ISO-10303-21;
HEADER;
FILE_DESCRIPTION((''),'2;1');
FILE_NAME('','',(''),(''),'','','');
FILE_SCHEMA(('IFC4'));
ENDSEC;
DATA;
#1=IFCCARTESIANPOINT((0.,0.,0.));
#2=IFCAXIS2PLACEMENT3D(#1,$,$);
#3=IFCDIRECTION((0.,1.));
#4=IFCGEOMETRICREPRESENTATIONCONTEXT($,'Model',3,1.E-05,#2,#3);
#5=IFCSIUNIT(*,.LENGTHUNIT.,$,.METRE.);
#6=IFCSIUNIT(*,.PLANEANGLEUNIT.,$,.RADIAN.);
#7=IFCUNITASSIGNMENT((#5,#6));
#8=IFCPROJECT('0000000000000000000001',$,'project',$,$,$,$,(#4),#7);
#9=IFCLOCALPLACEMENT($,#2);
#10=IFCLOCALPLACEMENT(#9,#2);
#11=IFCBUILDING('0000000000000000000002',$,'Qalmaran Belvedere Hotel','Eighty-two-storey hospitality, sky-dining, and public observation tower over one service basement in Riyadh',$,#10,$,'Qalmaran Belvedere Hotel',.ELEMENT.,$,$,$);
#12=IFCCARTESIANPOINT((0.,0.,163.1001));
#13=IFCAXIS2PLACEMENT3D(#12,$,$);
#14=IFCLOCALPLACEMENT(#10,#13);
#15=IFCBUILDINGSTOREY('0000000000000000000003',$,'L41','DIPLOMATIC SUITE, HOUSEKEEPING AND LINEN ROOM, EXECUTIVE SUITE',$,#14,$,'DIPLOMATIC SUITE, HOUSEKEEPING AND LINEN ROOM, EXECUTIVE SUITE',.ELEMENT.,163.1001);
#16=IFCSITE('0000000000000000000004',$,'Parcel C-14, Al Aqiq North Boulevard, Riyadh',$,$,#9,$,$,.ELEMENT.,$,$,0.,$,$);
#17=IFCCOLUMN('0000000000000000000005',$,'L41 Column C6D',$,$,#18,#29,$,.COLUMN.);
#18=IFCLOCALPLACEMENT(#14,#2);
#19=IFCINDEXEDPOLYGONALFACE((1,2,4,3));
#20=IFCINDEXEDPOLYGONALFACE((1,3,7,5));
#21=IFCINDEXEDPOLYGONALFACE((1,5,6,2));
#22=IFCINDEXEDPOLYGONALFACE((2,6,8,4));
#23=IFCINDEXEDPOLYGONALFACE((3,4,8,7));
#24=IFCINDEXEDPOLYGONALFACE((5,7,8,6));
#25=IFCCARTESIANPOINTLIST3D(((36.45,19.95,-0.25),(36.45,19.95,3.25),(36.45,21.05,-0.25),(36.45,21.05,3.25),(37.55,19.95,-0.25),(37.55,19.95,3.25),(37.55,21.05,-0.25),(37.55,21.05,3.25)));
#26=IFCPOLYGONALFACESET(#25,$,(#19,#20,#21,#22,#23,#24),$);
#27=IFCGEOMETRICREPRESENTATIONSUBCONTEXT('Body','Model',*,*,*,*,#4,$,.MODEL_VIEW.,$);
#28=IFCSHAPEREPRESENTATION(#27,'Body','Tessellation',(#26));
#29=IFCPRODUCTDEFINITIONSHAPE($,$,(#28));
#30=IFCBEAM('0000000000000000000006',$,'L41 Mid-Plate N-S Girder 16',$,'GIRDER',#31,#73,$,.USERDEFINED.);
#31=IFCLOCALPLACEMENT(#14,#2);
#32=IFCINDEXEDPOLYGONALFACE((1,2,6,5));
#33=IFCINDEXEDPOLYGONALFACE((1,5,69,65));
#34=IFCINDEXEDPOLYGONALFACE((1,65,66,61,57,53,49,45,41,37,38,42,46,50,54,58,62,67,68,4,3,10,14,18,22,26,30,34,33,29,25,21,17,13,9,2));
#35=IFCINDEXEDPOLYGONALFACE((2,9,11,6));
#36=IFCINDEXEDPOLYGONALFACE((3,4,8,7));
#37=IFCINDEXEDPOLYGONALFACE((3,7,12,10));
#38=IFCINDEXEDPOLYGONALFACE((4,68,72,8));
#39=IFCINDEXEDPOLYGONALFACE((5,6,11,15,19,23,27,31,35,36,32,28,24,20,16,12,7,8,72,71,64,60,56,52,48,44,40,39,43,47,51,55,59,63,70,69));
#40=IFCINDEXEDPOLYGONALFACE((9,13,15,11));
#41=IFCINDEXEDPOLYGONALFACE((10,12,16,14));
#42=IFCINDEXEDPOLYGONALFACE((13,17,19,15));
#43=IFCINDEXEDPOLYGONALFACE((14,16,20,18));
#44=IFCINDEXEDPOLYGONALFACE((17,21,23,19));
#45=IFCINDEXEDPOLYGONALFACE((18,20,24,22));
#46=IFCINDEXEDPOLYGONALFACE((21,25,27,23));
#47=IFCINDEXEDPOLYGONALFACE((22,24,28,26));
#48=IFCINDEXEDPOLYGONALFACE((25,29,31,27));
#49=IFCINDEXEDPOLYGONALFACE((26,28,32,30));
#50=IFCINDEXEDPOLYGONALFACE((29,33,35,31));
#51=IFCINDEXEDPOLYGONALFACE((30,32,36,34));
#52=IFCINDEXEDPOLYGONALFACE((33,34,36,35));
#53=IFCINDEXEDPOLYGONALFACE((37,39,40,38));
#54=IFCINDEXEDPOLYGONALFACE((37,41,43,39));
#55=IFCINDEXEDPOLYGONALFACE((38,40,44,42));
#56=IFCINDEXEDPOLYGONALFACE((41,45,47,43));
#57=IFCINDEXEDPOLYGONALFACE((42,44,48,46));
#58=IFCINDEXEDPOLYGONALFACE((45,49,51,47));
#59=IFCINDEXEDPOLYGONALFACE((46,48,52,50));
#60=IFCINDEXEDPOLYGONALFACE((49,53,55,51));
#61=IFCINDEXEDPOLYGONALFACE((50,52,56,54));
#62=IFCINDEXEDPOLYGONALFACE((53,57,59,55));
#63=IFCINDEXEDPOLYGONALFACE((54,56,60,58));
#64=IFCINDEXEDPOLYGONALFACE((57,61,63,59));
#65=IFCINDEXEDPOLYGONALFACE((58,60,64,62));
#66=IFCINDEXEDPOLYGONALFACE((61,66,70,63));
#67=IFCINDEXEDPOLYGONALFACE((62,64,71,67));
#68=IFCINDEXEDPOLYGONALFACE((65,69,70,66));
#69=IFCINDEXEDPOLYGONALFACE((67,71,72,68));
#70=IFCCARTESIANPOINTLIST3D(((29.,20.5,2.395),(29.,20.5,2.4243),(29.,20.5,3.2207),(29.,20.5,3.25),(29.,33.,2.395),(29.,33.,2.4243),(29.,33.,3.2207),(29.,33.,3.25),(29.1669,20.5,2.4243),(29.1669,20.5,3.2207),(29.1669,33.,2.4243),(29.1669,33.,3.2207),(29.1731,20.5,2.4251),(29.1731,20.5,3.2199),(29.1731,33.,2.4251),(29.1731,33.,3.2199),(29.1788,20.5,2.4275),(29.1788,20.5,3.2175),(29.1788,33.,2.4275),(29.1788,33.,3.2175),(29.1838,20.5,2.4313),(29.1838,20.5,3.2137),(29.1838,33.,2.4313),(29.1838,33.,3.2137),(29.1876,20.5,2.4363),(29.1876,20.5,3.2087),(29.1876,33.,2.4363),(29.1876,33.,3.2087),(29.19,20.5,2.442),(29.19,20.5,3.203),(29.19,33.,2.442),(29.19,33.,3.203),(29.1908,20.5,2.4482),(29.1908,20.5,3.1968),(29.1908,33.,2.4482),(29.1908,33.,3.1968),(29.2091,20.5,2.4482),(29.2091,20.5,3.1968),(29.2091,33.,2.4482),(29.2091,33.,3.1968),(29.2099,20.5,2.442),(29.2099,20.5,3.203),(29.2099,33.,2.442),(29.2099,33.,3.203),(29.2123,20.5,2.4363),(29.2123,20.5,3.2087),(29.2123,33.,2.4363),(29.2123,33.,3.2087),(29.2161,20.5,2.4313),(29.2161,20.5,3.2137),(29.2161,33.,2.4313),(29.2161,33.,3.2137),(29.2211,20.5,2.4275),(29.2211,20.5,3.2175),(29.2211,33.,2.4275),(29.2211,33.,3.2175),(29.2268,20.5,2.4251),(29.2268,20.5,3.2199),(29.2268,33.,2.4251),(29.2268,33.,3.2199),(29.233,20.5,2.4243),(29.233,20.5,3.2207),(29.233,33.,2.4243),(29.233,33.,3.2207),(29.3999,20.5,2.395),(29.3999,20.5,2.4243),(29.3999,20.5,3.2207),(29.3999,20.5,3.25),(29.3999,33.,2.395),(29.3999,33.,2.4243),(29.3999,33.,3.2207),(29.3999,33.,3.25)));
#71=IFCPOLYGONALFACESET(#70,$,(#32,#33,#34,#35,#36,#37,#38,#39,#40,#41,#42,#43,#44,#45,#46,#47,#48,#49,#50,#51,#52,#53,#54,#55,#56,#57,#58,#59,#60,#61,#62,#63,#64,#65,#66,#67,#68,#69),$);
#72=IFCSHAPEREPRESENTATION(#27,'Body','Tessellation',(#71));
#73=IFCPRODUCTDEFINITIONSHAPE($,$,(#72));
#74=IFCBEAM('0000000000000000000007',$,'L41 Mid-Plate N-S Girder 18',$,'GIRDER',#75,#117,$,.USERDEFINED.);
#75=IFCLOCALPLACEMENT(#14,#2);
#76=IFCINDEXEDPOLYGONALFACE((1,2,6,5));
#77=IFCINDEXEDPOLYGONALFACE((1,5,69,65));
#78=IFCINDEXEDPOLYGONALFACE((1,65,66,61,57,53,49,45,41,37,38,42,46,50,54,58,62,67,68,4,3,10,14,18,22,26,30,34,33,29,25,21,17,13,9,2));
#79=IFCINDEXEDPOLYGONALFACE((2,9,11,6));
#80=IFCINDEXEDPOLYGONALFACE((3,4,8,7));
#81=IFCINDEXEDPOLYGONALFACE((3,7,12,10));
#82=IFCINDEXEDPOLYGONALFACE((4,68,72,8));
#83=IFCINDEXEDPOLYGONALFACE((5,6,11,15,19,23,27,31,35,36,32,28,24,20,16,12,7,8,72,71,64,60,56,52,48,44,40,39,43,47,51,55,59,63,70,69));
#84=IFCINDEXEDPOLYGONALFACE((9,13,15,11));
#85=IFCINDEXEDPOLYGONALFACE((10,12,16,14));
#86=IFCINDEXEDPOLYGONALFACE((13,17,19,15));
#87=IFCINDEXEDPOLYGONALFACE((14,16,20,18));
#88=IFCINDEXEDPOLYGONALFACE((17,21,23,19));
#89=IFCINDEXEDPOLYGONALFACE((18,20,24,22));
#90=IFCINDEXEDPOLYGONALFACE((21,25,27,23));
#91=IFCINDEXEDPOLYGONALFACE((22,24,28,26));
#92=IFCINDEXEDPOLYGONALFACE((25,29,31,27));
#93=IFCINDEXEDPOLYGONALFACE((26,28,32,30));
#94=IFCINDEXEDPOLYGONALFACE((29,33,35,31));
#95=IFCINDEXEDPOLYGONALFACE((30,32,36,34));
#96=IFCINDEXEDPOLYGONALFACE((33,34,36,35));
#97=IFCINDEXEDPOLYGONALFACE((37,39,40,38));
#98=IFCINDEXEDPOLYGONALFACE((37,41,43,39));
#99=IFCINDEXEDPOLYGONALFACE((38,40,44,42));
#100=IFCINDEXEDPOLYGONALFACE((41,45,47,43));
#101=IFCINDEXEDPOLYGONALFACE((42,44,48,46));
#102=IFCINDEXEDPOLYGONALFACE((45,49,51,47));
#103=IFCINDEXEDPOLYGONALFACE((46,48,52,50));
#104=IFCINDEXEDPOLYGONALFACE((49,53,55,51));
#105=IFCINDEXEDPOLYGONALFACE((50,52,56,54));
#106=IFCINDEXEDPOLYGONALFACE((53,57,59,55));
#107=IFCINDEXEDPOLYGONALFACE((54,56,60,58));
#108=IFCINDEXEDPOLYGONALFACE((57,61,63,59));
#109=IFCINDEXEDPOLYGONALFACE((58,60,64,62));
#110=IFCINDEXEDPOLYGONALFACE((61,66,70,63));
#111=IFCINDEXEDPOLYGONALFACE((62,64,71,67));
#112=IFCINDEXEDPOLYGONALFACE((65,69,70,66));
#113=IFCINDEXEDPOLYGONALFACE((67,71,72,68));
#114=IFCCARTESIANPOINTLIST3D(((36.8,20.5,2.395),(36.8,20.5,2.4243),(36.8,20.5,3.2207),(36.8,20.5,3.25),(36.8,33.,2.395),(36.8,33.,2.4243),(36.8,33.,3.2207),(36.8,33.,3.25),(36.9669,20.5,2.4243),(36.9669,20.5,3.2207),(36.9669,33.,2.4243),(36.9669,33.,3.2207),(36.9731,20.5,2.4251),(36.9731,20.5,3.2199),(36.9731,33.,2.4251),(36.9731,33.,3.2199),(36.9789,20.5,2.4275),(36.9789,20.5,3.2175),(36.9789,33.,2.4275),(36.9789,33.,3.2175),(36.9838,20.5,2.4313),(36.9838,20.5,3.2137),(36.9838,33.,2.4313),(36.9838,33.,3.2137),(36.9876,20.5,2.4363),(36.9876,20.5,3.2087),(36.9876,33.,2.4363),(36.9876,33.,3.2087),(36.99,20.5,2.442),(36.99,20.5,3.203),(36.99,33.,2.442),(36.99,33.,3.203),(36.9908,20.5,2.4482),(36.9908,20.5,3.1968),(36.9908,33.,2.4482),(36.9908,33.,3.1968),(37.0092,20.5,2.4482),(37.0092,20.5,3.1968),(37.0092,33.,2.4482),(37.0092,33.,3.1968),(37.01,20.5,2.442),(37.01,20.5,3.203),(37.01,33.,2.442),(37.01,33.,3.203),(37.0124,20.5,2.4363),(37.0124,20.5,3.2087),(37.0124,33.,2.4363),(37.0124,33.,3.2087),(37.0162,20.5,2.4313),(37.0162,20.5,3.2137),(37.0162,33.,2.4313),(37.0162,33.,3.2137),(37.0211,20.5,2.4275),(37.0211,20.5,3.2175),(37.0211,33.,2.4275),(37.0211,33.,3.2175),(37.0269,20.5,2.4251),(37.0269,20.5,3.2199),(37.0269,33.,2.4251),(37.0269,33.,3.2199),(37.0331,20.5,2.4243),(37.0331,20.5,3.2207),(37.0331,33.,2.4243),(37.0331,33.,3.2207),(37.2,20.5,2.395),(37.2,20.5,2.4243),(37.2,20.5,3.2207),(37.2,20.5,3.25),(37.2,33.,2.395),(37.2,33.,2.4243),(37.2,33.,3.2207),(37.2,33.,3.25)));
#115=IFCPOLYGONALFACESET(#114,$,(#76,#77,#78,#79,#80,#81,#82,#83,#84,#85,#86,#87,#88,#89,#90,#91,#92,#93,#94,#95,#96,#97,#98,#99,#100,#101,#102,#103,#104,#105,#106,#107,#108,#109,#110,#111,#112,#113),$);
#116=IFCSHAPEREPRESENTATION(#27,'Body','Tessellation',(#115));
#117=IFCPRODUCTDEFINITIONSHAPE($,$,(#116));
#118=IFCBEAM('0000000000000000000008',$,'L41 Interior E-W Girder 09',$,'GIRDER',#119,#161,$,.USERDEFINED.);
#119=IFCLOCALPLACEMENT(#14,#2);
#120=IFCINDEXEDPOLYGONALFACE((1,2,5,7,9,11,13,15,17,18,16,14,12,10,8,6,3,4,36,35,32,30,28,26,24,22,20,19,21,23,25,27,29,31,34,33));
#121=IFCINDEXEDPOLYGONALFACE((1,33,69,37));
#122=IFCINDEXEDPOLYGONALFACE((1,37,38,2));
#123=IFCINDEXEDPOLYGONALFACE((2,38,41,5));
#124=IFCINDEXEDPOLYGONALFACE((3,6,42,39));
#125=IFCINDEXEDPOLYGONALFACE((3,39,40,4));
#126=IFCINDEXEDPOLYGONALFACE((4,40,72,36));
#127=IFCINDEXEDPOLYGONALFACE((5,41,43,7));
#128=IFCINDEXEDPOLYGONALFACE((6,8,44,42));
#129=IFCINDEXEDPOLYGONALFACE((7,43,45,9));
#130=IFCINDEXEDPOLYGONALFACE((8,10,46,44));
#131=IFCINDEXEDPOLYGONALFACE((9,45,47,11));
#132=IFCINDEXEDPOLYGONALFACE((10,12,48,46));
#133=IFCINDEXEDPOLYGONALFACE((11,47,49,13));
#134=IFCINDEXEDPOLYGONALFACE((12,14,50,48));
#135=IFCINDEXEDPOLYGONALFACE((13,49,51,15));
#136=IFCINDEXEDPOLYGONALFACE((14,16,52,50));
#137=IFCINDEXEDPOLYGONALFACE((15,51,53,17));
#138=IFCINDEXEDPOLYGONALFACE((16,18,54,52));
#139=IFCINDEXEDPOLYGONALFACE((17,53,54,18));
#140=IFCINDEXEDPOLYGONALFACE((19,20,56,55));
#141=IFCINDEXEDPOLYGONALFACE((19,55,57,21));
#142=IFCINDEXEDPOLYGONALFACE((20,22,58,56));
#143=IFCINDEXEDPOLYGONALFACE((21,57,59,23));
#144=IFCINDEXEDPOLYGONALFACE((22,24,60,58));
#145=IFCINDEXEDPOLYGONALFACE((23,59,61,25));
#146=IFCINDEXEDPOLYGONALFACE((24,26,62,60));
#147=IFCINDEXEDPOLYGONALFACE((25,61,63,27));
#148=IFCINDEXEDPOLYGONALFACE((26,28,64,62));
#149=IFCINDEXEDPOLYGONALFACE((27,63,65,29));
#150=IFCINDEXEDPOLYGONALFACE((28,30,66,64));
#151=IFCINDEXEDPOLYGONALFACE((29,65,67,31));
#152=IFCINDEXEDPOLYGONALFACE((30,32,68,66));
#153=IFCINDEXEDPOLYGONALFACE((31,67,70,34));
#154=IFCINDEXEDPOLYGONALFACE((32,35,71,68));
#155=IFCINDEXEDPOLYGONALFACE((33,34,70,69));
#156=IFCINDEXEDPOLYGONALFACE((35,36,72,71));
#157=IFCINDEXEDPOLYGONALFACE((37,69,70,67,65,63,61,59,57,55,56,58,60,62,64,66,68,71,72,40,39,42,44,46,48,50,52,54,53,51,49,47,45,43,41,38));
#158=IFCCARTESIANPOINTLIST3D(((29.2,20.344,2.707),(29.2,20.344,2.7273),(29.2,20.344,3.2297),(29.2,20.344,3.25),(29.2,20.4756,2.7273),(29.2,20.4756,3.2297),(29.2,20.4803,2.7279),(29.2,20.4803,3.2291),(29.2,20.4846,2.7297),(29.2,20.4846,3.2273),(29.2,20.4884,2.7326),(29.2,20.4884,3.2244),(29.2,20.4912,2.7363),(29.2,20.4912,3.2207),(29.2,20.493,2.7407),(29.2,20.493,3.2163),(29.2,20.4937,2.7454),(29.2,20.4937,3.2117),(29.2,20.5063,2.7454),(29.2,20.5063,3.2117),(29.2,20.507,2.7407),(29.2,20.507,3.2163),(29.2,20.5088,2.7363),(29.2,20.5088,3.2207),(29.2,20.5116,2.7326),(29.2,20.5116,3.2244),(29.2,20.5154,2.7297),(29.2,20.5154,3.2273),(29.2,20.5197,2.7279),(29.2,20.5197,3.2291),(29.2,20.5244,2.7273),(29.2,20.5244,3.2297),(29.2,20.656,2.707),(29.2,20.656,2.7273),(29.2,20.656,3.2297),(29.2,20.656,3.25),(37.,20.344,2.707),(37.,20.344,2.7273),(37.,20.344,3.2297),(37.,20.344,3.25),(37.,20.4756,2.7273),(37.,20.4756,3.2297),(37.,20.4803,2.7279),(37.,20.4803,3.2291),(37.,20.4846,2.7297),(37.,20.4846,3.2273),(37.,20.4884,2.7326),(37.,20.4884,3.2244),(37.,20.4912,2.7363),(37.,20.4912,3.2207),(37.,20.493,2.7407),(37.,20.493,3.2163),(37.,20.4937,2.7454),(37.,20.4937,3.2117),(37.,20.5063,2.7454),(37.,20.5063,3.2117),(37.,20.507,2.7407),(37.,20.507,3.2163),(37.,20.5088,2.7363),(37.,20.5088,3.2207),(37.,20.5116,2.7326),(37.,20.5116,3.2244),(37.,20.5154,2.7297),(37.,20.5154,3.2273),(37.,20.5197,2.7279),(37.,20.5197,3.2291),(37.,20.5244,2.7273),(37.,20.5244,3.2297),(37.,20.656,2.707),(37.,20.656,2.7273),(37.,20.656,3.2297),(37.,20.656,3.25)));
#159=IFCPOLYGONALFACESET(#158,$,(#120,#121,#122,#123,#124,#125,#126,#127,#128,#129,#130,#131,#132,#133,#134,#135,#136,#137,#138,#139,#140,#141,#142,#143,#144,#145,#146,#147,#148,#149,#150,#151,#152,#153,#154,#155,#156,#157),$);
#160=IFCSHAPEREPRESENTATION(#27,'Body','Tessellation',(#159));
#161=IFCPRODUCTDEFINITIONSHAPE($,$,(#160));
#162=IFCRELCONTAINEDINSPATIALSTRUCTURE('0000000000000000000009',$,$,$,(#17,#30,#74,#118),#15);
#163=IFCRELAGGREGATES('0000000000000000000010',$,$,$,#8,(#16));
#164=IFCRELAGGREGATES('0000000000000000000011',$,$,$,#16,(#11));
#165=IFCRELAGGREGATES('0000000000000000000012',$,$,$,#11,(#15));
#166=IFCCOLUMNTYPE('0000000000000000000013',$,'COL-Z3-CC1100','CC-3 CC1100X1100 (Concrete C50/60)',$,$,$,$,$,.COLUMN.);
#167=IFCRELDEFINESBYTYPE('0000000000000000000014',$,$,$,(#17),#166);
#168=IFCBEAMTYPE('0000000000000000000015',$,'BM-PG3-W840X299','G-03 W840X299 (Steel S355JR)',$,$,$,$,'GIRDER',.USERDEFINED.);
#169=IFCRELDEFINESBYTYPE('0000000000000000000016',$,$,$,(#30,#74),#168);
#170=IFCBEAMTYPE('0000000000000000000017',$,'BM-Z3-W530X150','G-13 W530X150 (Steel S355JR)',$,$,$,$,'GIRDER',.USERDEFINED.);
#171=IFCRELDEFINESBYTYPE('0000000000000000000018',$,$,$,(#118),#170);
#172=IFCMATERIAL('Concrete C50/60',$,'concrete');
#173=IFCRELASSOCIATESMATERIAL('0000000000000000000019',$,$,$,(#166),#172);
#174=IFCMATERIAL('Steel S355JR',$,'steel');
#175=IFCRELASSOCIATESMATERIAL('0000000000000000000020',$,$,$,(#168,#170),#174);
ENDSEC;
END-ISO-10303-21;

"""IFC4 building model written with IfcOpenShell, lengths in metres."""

from ifc_helpers import new_model, si_unit, direction, frame, origin, origin_2d, place, context, subcontext, project, spatial, rectangle, i_section, extrude, material, material_profile, profile_set, type_object, element, save


model = new_model("IFC4")

# Units and contexts
model_context = context("Model", 3, precision=1e-05, world=origin(), true_north=direction((0.0, 1.0)))
body_context = subcontext(model_context, "Body", "Model", "MODEL_VIEW")
ifc_project = project(units=[si_unit("LENGTHUNIT", "METRE"), si_unit("PLANEANGLEUNIT", "RADIAN")], contexts=[model_context])

# Site, building, storey
site_placement = place(None, origin())
site = spatial("IfcSite", under=ifc_project, at=site_placement, Name="Parcel C-14, Al Aqiq North Boulevard, Riyadh", CompositionType="ELEMENT", RefElevation=0.0)
building_placement = place(site_placement, origin())
building = spatial("IfcBuilding", under=site, at=building_placement, Name="Qalmaran Belvedere Hotel", Description="Eighty-two-storey hospitality, sky-dining, and public observation tower over one service basement in Riyadh", LongName="Qalmaran Belvedere Hotel", CompositionType="ELEMENT")
storey_placement = place(building_placement, frame((0.0, 0.0, 163.1001)))
storey = spatial("IfcBuildingStorey", under=building, at=storey_placement, Name="L41", Description="DIPLOMATIC SUITE, HOUSEKEEPING AND LINEN ROOM, EXECUTIVE SUITE", LongName="DIPLOMATIC SUITE, HOUSEKEEPING AND LINEN ROOM, EXECUTIVE SUITE", CompositionType="ELEMENT", Elevation=163.1001)

# Column
ifc_material_1 = material(Name="Concrete C50/60", Category="concrete")
ifc_material_profile_1 = material_profile(ifc_material_1, rectangle(XDim=1.1001, YDim=1.1001, at=origin_2d()), Name="CC1100X1100")
ifc_profile_set_1 = profile_set([ifc_material_profile_1], Name="Concrete C50/60")
column_type = type_object("IfcColumnType", Name="COL-Z3-CC1100", Description="CC-3 CC1100X1100 (Concrete C50/60)", PredefinedType="COLUMN", material=ifc_profile_set_1)
column_placement = place(storey_placement, frame((37.0, 20.5, -0.25), z_axis=(0.0, 0.0, 1.0), x_axis=(1.0, 0.0, 0.0)))
element("IfcColumn", 1, at=column_placement, inside=storey, type_object=column_type, Name="L41 Column C6D", PredefinedType="COLUMN", context=body_context, shape_type="SweptSolid", body=[
    extrude(rectangle(XDim=1.1001, YDim=1.1001, at=origin_2d()), origin(), (0.0, 0.0, 1.0), 3.5),
])

# Beams
ifc_material_2 = material(Name="Steel S355JR", Category="steel")
ifc_material_profile_2 = material_profile(ifc_material_2, i_section(OverallWidth=0.3999, OverallDepth=0.855, WebThickness=0.0183, FlangeThickness=0.0293, FilletRadius=0.0239, at=origin_2d()), Name="W840X299")
ifc_profile_set_2 = profile_set([ifc_material_profile_2], Name="Steel S355JR")
beam_type_1 = type_object("IfcBeamType", Name="BM-PG3-W840X299", Description="G-03 W840X299 (Steel S355JR)", ElementType="GIRDER", PredefinedType="USERDEFINED", material=ifc_profile_set_2)
for number, where, z_axis, x_axis, name in (
    (2, (29.2, 20.5, 2.8225), (0.0, 1.0, 0.0), (-1.0, 0.0, 0.0), "L41 Mid-Plate N-S Girder 16"),
    (3, (37.0, 20.5, 2.8225), (0.0, 1.0, 0.0), (-1.0, 0.0, 0.0), "L41 Mid-Plate N-S Girder 18"),
):
    element("IfcBeam", number, at=place(storey_placement, frame(where, z_axis=z_axis, x_axis=x_axis)), inside=storey, type_object=beam_type_1, Name=name, ObjectType="GIRDER", PredefinedType="USERDEFINED", context=body_context, shape_type="SweptSolid", body=[
        extrude(i_section(OverallWidth=0.3999, OverallDepth=0.855, WebThickness=0.0183, FlangeThickness=0.0293, FilletRadius=0.0239, at=origin_2d()), origin(), (0.0, 0.0, 1.0), 12.5),
    ])
ifc_material_profile_3 = material_profile(ifc_material_2, i_section(OverallWidth=0.312, OverallDepth=0.543, WebThickness=0.0127, FlangeThickness=0.0203, FilletRadius=0.0181, at=origin_2d()), Name="W530X150")
ifc_profile_set_3 = profile_set([ifc_material_profile_3], Name="Steel S355JR")
beam_type_2 = type_object("IfcBeamType", Name="BM-Z3-W530X150", Description="G-13 W530X150 (Steel S355JR)", ElementType="GIRDER", PredefinedType="USERDEFINED", material=ifc_profile_set_3)
for number, where, z_axis, x_axis, name in (
    (4, (29.2, 20.5, 2.9785), (1.0, 0.0, 0.0), (0.0, 1.0, 0.0), "L41 Interior E-W Girder 09"),
):
    element("IfcBeam", number, at=place(storey_placement, frame(where, z_axis=z_axis, x_axis=x_axis)), inside=storey, type_object=beam_type_2, Name=name, ObjectType="GIRDER", PredefinedType="USERDEFINED", context=body_context, shape_type="SweptSolid", body=[
        extrude(i_section(OverallWidth=0.312, OverallDepth=0.543, WebThickness=0.0127, FlangeThickness=0.0203, FilletRadius=0.0181, at=origin_2d()), origin(), (0.0, 0.0, 1.0), 7.8),
    ])

save(model, "model.ifc")
